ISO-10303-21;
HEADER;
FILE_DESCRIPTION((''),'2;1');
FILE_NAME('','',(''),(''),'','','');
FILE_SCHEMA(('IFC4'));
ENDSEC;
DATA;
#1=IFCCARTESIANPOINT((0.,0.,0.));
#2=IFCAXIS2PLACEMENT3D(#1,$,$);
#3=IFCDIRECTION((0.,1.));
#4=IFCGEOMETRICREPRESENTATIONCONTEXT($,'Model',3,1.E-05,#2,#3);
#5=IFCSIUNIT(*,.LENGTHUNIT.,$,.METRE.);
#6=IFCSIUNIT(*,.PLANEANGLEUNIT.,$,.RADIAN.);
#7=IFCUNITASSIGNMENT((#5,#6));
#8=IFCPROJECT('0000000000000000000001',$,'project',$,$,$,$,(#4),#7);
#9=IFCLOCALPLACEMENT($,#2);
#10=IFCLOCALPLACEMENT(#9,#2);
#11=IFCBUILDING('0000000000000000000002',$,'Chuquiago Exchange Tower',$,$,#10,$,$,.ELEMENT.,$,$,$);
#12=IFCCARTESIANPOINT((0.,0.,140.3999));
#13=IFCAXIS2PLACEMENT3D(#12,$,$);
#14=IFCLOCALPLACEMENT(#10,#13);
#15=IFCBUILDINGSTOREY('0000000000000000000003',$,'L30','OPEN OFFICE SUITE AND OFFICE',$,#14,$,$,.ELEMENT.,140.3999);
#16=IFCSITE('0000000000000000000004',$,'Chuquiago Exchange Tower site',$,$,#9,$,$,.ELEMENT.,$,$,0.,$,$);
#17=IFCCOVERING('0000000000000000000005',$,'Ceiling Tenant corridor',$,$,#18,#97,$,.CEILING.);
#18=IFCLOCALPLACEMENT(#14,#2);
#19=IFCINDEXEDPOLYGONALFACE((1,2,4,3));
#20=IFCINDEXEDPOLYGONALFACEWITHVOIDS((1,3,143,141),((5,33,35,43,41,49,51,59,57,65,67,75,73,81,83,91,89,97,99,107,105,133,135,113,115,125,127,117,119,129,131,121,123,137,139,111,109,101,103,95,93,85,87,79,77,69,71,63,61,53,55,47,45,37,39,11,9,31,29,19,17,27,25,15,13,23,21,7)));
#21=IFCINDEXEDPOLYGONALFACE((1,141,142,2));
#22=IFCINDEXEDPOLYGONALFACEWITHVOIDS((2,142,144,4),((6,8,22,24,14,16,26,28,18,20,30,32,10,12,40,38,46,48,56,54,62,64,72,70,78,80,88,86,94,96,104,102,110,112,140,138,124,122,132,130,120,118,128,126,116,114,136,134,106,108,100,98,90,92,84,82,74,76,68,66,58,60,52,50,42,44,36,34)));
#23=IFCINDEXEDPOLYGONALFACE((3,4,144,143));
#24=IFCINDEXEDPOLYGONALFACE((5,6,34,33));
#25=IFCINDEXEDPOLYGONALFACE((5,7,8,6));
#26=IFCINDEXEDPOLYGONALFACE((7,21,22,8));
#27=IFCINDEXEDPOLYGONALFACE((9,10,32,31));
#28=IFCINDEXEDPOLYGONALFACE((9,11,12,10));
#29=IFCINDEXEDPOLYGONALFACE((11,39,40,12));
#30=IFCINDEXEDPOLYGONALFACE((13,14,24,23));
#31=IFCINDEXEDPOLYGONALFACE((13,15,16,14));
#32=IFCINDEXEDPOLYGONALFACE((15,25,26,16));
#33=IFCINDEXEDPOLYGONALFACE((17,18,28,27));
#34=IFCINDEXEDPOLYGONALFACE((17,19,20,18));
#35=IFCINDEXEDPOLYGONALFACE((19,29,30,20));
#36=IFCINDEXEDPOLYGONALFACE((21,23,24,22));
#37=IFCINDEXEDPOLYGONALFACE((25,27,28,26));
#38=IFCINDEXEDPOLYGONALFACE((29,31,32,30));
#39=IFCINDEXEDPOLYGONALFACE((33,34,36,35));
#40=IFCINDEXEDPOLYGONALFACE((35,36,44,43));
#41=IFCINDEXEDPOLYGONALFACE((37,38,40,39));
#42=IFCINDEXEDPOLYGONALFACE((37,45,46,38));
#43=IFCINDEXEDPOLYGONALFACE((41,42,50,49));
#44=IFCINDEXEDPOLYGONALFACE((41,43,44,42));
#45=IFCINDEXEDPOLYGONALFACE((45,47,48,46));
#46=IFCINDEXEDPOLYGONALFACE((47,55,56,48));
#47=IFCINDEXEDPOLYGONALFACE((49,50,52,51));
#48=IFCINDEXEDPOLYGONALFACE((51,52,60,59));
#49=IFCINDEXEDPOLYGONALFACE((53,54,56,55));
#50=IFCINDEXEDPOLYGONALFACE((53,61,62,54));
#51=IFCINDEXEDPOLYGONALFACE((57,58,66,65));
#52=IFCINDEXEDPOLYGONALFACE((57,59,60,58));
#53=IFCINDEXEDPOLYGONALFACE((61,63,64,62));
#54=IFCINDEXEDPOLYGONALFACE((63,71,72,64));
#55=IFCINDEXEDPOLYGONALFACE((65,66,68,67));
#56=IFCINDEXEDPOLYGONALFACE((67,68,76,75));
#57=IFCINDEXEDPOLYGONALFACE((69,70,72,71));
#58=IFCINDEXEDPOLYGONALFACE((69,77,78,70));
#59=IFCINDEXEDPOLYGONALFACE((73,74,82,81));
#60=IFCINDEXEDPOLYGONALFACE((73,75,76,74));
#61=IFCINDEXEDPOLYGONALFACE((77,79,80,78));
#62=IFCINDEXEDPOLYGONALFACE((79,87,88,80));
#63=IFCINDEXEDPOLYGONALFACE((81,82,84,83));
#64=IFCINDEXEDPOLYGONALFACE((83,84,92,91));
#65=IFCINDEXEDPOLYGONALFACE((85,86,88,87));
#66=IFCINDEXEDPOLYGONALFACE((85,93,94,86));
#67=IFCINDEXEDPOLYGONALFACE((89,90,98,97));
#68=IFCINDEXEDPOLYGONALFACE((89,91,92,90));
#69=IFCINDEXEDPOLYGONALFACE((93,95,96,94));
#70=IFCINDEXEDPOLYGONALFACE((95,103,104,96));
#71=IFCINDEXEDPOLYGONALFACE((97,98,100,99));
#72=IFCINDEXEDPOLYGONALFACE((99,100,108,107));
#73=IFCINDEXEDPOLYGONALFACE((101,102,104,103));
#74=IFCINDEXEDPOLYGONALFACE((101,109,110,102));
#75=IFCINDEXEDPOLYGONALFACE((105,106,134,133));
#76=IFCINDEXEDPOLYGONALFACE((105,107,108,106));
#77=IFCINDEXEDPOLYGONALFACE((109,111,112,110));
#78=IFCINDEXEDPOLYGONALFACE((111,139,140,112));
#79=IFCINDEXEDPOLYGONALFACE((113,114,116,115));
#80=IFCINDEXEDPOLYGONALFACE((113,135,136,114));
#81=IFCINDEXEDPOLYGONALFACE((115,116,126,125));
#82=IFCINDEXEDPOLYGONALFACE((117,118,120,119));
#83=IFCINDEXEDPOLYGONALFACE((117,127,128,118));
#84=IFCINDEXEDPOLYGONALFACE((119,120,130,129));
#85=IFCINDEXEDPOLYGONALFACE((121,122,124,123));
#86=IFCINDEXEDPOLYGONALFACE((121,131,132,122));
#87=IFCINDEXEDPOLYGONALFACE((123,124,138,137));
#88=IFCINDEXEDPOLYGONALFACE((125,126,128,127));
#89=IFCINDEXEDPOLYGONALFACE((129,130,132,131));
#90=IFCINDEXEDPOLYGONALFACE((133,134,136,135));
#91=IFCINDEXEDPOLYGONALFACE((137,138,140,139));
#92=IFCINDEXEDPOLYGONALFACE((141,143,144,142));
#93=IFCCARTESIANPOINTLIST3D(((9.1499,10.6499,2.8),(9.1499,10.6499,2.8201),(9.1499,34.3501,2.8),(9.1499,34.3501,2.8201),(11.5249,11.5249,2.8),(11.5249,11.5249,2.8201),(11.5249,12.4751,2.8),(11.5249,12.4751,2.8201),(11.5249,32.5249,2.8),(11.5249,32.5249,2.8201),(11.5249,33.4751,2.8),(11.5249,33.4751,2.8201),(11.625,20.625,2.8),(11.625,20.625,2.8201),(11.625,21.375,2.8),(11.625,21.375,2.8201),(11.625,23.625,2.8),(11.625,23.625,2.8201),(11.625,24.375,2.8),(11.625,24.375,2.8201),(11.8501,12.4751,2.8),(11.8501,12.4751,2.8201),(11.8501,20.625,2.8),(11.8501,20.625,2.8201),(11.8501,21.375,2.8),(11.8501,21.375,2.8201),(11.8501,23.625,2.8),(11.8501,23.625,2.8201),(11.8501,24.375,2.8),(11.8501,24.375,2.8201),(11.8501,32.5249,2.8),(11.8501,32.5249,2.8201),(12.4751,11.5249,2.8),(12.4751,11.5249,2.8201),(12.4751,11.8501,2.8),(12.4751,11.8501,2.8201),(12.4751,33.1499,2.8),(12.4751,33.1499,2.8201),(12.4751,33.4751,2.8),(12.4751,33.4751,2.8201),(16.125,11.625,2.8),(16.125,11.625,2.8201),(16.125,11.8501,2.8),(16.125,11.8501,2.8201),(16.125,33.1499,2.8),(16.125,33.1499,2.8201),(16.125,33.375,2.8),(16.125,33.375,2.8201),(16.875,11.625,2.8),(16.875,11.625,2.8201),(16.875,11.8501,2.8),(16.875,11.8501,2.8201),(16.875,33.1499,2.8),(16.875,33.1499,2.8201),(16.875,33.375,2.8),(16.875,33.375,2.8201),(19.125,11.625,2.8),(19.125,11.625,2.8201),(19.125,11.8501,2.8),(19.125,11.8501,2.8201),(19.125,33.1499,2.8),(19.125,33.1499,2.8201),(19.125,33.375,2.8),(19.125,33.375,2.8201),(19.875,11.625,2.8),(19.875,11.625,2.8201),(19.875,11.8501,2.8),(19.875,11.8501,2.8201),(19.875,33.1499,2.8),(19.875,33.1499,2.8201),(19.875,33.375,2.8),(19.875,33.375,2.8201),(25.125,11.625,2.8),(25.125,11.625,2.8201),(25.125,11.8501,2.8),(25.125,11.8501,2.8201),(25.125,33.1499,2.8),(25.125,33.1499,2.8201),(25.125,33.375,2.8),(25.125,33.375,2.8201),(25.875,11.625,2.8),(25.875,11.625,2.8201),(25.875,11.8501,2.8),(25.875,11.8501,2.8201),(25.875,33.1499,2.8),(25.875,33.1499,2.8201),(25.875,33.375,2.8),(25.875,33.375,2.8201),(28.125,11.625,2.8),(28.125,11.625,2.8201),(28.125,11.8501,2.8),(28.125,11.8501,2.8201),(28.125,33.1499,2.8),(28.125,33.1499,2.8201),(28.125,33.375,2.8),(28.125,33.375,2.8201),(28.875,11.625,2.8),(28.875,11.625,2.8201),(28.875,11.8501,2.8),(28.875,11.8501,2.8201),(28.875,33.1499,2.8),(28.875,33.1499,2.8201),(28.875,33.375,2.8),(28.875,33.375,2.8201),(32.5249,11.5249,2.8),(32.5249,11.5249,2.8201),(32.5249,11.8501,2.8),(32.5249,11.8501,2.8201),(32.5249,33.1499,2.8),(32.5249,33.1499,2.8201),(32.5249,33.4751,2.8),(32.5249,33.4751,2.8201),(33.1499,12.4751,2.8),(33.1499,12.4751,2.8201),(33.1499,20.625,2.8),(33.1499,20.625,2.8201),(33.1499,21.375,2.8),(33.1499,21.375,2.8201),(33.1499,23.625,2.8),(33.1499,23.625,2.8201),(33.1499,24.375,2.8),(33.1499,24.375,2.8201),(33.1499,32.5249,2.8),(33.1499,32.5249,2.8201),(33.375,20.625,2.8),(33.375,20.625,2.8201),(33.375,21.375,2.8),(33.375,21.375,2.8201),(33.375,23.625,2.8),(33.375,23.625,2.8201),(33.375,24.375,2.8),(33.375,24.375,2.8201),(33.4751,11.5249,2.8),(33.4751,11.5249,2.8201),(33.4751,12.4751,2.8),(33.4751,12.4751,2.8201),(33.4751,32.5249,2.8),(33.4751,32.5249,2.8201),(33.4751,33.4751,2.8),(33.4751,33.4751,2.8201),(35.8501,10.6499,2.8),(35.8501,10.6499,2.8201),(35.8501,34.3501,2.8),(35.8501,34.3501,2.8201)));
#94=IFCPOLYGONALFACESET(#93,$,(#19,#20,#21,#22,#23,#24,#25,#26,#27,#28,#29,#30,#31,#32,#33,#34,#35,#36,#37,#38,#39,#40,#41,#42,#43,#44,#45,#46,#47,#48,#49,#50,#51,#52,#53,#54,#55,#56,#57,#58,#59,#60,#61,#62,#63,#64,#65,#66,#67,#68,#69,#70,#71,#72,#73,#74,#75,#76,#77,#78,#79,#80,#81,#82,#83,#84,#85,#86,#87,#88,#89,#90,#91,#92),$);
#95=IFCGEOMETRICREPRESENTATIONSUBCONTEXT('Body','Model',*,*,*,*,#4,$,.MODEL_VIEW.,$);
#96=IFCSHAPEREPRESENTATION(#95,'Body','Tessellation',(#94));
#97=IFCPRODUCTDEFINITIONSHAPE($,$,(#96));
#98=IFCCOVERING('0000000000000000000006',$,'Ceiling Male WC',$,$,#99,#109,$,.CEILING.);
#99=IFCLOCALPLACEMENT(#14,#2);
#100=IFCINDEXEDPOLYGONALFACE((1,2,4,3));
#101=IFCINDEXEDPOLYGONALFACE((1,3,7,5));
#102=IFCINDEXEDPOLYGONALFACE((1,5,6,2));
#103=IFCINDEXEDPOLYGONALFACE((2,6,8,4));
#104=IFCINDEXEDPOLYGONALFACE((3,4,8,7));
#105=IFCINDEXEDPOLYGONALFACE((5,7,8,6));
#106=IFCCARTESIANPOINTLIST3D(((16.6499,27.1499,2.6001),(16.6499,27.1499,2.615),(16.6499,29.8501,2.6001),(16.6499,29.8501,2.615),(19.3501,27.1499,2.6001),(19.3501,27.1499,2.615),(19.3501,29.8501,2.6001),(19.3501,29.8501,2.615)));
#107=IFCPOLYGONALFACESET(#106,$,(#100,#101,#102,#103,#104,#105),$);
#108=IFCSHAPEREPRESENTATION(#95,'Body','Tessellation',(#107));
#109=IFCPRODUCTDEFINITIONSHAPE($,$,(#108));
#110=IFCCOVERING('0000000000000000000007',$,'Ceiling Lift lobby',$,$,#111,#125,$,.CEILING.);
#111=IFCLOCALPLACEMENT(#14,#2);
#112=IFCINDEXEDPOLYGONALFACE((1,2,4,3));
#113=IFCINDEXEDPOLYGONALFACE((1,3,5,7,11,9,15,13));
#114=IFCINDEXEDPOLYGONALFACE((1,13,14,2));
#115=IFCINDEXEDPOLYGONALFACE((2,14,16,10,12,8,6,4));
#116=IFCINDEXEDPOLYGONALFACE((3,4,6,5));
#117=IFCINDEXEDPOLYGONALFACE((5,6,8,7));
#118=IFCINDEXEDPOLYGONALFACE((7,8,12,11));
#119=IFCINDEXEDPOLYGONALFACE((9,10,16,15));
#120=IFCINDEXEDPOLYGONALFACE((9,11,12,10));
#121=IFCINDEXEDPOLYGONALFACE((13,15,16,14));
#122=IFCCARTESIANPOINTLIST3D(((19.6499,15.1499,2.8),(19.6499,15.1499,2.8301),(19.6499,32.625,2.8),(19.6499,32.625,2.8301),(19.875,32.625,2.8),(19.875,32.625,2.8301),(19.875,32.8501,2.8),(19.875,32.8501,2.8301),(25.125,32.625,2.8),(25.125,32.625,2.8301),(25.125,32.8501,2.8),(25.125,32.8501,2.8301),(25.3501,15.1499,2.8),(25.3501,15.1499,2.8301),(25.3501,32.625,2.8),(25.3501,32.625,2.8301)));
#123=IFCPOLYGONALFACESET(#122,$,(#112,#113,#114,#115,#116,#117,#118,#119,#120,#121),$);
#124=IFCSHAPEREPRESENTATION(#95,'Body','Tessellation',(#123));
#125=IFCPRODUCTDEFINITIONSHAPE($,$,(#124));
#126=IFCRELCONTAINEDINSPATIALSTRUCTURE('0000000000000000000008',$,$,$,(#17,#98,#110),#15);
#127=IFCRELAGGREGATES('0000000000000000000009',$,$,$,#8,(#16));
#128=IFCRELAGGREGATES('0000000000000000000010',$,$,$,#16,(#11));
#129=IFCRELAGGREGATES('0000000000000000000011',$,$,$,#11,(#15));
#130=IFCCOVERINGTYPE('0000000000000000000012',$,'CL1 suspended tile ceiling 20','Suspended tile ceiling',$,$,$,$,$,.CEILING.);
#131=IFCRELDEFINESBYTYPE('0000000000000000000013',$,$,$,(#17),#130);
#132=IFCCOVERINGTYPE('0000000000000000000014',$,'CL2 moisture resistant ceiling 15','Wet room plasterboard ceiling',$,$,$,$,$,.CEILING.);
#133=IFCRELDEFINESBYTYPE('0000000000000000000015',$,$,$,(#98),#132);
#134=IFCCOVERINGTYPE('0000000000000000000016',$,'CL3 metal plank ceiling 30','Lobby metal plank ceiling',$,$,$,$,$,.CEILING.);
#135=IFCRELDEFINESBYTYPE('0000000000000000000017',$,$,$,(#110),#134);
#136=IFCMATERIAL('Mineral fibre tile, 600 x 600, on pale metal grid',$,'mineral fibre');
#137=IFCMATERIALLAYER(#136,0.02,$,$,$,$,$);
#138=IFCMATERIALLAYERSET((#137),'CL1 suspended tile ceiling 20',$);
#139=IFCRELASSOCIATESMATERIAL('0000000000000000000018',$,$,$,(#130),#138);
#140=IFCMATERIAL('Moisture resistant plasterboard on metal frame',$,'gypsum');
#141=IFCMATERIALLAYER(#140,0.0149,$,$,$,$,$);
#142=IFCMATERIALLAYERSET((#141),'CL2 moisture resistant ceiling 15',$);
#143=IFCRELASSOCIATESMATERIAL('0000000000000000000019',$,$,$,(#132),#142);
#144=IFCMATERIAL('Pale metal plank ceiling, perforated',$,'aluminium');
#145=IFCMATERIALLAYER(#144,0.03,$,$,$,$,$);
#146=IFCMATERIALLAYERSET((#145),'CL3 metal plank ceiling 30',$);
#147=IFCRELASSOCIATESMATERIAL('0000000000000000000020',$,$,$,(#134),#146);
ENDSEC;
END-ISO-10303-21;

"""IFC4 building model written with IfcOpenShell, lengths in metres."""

from ifc_helpers import new_model, si_unit, direction, frame, origin, place, context, subcontext, project, spatial, polyline, outline, extrude, material, layer, layer_set, type_object, element, save


model = new_model("IFC4")

# Units and contexts
model_context = context("Model", 3, precision=1e-05, world=origin(), true_north=direction((0.0, 1.0)))
body_context = subcontext(model_context, "Body", "Model", "MODEL_VIEW")
ifc_project = project(units=[si_unit("LENGTHUNIT", "METRE"), si_unit("PLANEANGLEUNIT", "RADIAN")], contexts=[model_context])

# Site, building, storey
site_placement = place(None, origin())
site = spatial("IfcSite", under=ifc_project, at=site_placement, Name="Chuquiago Exchange Tower site", CompositionType="ELEMENT", RefElevation=0.0)
building_placement = place(site_placement, origin())
building = spatial("IfcBuilding", under=site, at=building_placement, Name="Chuquiago Exchange Tower", CompositionType="ELEMENT")
storey_placement = place(building_placement, frame((0.0, 0.0, 140.3999)))
storey = spatial("IfcBuildingStorey", under=building, at=storey_placement, Name="L30", Description="OPEN OFFICE SUITE AND OFFICE", CompositionType="ELEMENT", Elevation=140.3999)

# Coverings
ifc_material_1 = material(Name="Mineral fibre tile, 600 x 600, on pale metal grid", Category="mineral fibre")
ifc_layer_1 = layer(ifc_material_1, 0.02)
ifc_layer_set_1 = layer_set([ifc_layer_1], Name="CL1 suspended tile ceiling 20")
covering_type_1 = type_object("IfcCoveringType", Name="CL1 suspended tile ceiling 20", Description="Suspended tile ceiling", PredefinedType="CEILING", material=ifc_layer_set_1)
covering_1_placement = place(storey_placement, frame((0.0, 0.0, 2.8)))
element("IfcCovering", 1, at=covering_1_placement, inside=storey, type_object=covering_type_1, Name="Ceiling Tenant corridor", PredefinedType="CEILING", context=body_context, shape_type="SweptSolid", body=[
    extrude(outline(polyline([(9.1499, 34.3501), (35.8501, 34.3501), (35.8501, 10.6499), (9.1499, 10.6499), (9.1499, 34.3501)]), holes=[polyline([(11.8501, 24.375), (11.625, 24.375), (11.625, 23.625), (11.8501, 23.625), (11.8501, 21.375), (11.625, 21.375), (11.625, 20.625), (11.8501, 20.625), (11.8501, 12.4751), (11.5249, 12.4751), (11.5249, 11.5249), (12.4751, 11.5249), (12.4751, 11.8501), (16.125, 11.8501), (16.125, 11.625), (16.875, 11.625), (16.875, 11.8501), (19.125, 11.8501), (19.125, 11.625), (19.875, 11.625), (19.875, 11.8501), (25.125, 11.8501), (25.125, 11.625), (25.875, 11.625), (25.875, 11.8501), (28.125, 11.8501), (28.125, 11.625), (28.875, 11.625), (28.875, 11.8501), (32.5249, 11.8501), (32.5249, 11.5249), (33.4751, 11.5249), (33.4751, 12.4751), (33.1499, 12.4751), (33.1499, 20.625), (33.375, 20.625), (33.375, 21.375), (33.1499, 21.375), (33.1499, 23.625), (33.375, 23.625), (33.375, 24.375), (33.1499, 24.375), (33.1499, 32.5249), (33.4751, 32.5249), (33.4751, 33.4751), (32.5249, 33.4751), (32.5249, 33.1499), (28.875, 33.1499), (28.875, 33.375), (28.125, 33.375), (28.125, 33.1499), (25.875, 33.1499), (25.875, 33.375), (25.125, 33.375), (25.125, 33.1499), (19.875, 33.1499), (19.875, 33.375), (19.125, 33.375), (19.125, 33.1499), (16.875, 33.1499), (16.875, 33.375), (16.125, 33.375), (16.125, 33.1499), (12.4751, 33.1499), (12.4751, 33.4751), (11.5249, 33.4751), (11.5249, 32.5249), (11.8501, 32.5249), (11.8501, 24.375)])]), origin(), (0.0, 0.0, 1.0), 0.02),
])
ifc_material_2 = material(Name="Moisture resistant plasterboard on metal frame", Category="gypsum")
ifc_layer_2 = layer(ifc_material_2, 0.0149)
ifc_layer_set_2 = layer_set([ifc_layer_2], Name="CL2 moisture resistant ceiling 15")
covering_type_2 = type_object("IfcCoveringType", Name="CL2 moisture resistant ceiling 15", Description="Wet room plasterboard ceiling", PredefinedType="CEILING", material=ifc_layer_set_2)
covering_2_placement = place(storey_placement, frame((0.0, 0.0, 2.6001)))
element("IfcCovering", 2, at=covering_2_placement, inside=storey, type_object=covering_type_2, Name="Ceiling Male WC", PredefinedType="CEILING", context=body_context, shape_type="SweptSolid", body=[
    extrude(outline(polyline([(16.6499, 27.1499), (16.6499, 29.8501), (19.3501, 29.8501), (19.3501, 27.1499), (16.6499, 27.1499)])), origin(), (0.0, 0.0, 1.0), 0.0149),
])
ifc_material_3 = material(Name="Pale metal plank ceiling, perforated", Category="aluminium")
ifc_layer_3 = layer(ifc_material_3, 0.03)
ifc_layer_set_3 = layer_set([ifc_layer_3], Name="CL3 metal plank ceiling 30")
covering_type_3 = type_object("IfcCoveringType", Name="CL3 metal plank ceiling 30", Description="Lobby metal plank ceiling", PredefinedType="CEILING", material=ifc_layer_set_3)
covering_3_placement = place(storey_placement, frame((0.0, 0.0, 2.8)))
element("IfcCovering", 3, at=covering_3_placement, inside=storey, type_object=covering_type_3, Name="Ceiling Lift lobby", PredefinedType="CEILING", context=body_context, shape_type="SweptSolid", body=[
    extrude(outline(polyline([(19.6499, 15.1499), (19.6499, 32.625), (19.875, 32.625), (19.875, 32.8501), (25.125, 32.8501), (25.125, 32.625), (25.3501, 32.625), (25.3501, 15.1499), (19.6499, 15.1499)])), origin(), (0.0, 0.0, 1.0), 0.03),
])

save(model, "model.ifc")
